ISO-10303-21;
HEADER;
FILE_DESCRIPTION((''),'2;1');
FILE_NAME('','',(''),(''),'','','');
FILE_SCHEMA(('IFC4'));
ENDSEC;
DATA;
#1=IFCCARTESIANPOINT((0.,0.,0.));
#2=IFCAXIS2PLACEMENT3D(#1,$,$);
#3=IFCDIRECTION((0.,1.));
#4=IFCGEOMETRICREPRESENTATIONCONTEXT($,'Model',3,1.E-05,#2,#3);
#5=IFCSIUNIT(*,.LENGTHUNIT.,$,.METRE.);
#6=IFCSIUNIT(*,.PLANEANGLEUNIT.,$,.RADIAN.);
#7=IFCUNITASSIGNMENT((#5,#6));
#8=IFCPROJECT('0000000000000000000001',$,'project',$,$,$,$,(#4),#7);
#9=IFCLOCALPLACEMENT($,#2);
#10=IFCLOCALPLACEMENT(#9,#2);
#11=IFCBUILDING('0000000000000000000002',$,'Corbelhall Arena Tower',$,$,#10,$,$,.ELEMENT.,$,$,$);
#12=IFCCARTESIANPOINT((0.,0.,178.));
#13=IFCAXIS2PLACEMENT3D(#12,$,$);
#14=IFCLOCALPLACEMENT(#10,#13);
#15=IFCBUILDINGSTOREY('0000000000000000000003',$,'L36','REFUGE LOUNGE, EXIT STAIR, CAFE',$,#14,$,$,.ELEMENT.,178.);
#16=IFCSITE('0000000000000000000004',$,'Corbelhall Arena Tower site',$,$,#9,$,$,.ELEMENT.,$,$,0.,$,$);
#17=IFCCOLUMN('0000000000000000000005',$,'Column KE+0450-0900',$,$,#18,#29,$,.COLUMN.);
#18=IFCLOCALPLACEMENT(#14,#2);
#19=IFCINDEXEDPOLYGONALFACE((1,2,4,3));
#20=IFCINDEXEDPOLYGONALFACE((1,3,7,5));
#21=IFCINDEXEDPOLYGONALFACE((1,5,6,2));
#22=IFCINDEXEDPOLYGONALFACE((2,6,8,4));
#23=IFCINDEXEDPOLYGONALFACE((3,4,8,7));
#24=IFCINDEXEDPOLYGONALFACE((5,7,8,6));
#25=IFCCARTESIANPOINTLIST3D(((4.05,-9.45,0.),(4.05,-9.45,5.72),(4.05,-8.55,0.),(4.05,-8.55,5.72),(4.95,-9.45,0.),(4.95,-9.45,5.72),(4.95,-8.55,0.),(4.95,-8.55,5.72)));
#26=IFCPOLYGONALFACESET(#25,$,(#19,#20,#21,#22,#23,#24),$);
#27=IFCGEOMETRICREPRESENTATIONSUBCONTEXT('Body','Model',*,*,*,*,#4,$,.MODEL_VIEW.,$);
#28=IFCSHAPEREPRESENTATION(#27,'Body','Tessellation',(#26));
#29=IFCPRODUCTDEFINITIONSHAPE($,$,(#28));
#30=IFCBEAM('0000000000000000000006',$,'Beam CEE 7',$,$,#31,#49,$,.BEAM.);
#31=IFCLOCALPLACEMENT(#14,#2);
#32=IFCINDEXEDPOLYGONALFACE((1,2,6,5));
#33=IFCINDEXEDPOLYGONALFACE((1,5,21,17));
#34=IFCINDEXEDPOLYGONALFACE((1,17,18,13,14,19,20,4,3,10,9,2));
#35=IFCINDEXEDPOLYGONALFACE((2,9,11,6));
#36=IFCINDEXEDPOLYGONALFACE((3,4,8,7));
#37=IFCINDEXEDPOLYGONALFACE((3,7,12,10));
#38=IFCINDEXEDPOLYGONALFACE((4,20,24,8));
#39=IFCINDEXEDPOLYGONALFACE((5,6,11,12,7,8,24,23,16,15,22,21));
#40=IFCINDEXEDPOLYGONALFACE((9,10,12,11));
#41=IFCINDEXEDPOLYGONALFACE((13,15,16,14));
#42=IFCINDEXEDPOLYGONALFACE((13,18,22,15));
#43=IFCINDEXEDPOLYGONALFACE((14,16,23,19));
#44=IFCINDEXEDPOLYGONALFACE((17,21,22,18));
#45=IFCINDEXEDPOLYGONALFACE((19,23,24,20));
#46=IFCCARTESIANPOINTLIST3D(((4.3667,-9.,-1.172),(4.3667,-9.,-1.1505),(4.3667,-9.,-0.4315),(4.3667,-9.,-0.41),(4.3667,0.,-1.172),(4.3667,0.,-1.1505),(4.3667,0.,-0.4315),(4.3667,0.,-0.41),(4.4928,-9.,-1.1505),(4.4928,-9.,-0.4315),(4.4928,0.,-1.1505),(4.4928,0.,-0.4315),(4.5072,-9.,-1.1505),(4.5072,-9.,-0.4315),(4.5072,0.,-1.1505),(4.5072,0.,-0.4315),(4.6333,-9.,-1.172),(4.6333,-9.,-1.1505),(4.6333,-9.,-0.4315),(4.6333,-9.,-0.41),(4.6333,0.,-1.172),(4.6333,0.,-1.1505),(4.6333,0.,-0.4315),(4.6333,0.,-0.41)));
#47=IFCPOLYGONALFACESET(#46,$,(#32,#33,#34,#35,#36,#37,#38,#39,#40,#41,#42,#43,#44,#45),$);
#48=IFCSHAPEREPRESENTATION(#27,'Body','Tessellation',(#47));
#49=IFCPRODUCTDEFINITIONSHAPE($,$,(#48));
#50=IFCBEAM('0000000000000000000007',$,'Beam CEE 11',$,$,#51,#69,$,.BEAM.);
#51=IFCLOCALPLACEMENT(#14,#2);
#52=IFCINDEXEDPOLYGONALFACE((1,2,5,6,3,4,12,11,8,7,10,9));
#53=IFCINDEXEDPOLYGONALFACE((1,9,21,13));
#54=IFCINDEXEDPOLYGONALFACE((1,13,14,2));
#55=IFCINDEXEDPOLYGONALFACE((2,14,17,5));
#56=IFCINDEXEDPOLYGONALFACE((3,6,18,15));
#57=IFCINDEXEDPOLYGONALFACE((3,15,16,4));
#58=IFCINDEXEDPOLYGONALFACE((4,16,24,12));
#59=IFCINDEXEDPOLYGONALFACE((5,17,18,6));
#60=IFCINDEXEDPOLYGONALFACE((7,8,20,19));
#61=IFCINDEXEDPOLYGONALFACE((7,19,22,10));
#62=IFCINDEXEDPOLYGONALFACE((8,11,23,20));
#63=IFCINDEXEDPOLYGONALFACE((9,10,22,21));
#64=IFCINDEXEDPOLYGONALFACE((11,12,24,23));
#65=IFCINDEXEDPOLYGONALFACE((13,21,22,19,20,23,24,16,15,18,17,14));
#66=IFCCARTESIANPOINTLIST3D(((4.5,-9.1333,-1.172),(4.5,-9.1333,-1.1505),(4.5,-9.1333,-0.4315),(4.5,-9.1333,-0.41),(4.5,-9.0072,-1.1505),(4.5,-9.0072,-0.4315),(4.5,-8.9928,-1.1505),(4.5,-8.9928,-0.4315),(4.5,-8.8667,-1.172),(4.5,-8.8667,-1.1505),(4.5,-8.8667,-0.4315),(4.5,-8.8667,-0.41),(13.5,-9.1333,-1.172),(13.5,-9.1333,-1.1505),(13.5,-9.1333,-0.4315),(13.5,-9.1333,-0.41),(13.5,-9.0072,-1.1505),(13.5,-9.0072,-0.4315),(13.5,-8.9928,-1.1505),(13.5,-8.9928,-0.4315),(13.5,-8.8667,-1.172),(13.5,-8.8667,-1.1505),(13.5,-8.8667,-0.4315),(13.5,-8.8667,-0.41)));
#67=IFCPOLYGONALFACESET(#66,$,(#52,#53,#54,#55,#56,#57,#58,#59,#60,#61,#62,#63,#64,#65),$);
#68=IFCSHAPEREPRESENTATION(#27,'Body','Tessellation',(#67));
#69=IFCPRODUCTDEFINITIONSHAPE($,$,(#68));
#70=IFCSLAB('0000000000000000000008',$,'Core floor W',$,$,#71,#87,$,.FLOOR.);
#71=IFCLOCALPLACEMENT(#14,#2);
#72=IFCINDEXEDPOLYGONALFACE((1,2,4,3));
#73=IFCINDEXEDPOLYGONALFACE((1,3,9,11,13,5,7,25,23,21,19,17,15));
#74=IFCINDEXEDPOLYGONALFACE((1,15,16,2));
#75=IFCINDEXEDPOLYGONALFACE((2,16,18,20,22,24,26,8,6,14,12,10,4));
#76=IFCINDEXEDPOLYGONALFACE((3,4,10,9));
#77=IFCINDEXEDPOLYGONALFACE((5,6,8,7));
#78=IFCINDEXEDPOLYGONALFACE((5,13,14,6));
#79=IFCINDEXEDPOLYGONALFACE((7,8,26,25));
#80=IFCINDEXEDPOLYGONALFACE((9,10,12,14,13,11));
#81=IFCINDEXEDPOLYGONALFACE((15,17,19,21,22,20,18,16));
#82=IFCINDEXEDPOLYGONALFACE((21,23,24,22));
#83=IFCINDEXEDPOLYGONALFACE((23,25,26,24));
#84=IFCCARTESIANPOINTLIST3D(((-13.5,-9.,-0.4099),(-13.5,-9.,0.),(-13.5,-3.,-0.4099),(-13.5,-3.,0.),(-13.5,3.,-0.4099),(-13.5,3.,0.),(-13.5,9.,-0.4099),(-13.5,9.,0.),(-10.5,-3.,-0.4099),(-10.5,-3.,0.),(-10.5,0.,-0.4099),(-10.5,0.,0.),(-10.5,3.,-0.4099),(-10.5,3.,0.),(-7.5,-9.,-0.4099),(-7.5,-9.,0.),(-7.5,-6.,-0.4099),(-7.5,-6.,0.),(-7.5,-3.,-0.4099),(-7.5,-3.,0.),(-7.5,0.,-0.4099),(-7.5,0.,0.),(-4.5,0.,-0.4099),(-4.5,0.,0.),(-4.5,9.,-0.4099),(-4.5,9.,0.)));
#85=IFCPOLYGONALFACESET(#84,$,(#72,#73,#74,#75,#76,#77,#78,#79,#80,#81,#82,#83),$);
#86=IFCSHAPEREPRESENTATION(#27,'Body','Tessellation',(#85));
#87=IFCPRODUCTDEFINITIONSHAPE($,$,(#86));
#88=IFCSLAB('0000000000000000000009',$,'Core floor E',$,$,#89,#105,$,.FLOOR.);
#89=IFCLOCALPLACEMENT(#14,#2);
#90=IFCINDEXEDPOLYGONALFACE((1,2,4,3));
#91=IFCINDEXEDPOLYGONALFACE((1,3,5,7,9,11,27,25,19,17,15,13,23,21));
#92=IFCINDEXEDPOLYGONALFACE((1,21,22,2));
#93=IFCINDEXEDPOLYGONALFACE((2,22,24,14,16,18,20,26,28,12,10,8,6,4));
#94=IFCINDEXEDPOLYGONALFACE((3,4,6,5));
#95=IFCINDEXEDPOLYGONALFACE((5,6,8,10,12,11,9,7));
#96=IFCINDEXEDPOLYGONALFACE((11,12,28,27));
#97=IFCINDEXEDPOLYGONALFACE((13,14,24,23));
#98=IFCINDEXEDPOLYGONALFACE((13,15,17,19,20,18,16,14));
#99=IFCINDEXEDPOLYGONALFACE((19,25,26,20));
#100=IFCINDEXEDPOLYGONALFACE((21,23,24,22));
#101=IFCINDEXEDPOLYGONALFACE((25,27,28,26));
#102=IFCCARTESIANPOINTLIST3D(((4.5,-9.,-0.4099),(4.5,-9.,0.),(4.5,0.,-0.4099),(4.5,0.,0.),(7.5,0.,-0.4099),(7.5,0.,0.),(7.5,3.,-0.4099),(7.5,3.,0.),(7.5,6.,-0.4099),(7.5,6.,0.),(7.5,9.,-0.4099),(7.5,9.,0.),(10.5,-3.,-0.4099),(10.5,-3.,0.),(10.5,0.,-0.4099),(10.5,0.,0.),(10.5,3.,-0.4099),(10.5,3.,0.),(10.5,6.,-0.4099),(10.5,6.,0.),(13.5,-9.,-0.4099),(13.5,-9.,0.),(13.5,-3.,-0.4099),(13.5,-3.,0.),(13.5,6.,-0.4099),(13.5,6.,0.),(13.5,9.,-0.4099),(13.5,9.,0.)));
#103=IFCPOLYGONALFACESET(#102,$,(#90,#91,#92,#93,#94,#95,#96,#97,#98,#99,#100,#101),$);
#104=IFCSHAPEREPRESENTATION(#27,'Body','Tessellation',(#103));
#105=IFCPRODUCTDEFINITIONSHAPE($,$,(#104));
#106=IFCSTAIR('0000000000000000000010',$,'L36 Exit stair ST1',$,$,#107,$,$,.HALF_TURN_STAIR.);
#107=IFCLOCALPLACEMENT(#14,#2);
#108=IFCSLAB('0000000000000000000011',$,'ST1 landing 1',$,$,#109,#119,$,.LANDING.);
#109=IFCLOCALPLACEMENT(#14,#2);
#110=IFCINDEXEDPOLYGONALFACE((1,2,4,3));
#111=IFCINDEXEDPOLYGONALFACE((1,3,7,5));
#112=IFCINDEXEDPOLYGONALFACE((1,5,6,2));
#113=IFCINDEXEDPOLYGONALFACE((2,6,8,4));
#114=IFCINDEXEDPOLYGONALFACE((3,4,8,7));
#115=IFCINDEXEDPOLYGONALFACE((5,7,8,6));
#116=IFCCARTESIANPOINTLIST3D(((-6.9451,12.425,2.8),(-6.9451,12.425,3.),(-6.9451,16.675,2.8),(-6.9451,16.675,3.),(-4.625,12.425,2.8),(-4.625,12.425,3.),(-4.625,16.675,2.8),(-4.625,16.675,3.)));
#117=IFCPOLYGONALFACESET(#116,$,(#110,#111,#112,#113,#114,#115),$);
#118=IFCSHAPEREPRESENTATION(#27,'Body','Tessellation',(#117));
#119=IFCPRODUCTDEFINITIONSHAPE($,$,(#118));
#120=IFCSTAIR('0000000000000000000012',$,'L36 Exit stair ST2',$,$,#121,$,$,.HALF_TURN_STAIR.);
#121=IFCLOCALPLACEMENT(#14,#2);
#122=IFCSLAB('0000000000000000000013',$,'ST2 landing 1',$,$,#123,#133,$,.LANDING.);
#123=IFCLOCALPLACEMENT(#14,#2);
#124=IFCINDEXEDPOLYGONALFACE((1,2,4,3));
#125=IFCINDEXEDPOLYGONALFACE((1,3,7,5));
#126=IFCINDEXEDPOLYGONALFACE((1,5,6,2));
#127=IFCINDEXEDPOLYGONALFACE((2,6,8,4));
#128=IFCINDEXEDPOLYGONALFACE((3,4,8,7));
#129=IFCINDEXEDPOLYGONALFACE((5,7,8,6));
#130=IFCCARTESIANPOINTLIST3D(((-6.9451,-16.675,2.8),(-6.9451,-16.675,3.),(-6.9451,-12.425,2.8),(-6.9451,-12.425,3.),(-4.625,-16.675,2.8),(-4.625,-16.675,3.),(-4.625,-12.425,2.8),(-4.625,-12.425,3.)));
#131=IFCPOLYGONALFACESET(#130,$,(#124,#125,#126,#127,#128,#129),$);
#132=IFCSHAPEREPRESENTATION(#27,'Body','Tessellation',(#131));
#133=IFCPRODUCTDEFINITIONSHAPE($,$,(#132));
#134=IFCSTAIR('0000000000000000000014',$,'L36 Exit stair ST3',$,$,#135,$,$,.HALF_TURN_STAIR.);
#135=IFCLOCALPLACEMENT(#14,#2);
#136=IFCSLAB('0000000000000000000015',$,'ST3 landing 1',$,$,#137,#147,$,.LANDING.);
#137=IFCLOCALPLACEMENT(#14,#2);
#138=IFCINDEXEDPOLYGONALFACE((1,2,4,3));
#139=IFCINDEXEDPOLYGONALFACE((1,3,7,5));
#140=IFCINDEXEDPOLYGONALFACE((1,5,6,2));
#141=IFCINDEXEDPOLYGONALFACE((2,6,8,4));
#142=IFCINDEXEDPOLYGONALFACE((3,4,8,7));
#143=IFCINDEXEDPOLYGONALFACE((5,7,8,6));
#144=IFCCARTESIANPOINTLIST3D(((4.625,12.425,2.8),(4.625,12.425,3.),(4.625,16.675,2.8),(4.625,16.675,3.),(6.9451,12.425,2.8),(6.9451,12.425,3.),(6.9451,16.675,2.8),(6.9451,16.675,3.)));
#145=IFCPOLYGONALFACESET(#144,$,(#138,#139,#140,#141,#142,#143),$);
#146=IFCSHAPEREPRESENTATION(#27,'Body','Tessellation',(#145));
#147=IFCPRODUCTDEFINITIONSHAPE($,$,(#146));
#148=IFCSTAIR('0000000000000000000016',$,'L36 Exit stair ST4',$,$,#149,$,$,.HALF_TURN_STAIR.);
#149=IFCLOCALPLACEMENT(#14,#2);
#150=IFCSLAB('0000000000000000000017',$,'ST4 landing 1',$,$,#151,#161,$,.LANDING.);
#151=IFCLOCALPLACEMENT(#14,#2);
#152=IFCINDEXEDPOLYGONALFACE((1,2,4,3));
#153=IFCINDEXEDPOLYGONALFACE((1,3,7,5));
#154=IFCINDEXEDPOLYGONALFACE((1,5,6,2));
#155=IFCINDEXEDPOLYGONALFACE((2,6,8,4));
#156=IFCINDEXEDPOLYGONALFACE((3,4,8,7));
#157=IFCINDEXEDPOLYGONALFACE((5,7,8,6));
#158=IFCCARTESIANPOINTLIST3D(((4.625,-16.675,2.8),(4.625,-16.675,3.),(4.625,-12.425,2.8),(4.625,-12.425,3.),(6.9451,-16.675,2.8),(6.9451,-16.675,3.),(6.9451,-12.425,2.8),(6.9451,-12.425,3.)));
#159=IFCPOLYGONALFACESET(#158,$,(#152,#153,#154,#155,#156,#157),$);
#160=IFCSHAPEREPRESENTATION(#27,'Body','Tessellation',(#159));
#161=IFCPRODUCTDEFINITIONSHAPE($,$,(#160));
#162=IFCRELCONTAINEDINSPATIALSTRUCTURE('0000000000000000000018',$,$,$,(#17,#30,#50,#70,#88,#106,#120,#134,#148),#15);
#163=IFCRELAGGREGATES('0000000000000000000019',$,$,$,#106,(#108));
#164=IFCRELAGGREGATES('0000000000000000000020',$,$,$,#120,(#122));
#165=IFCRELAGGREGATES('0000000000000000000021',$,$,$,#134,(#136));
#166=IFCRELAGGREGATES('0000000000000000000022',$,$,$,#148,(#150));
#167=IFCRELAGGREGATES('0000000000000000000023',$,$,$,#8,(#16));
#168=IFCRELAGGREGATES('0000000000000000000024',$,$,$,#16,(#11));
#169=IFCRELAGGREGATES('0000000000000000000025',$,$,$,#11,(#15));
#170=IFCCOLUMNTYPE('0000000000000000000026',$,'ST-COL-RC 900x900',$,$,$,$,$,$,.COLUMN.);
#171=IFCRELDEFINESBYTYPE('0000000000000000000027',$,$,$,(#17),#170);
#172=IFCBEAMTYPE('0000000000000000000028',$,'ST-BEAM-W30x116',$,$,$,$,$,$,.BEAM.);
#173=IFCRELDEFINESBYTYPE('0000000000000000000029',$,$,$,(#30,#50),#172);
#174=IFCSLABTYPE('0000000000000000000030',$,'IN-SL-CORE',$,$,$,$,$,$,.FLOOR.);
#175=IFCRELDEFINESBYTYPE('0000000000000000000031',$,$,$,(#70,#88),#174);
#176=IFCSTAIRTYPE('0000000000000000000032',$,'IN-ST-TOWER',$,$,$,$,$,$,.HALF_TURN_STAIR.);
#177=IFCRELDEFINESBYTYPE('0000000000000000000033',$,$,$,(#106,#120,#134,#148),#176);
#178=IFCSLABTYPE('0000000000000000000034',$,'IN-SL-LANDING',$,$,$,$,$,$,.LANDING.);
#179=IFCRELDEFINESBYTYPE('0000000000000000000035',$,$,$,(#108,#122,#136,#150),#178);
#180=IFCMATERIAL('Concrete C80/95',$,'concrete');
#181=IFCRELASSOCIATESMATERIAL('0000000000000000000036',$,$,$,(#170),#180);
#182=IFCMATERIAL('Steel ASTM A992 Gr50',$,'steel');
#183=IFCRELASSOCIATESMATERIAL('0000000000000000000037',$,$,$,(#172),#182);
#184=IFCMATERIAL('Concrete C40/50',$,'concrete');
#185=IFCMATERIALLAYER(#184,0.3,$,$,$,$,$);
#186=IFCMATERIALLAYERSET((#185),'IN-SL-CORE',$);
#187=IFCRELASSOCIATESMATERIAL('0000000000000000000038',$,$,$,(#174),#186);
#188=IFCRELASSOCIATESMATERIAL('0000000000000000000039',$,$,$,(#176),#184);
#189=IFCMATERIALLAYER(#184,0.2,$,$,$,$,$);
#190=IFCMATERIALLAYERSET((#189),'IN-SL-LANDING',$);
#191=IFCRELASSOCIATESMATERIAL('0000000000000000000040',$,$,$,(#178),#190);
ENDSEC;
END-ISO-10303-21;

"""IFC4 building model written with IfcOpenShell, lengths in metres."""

from ifc_helpers import new_model, si_unit, direction, frame, origin, origin_2d, place, context, subcontext, project, spatial, polyline, rectangle, i_section, outline, extrude, material, layer, layer_set, material_profile, profile_set, type_object, element, aggregate, save


model = new_model("IFC4")

# Units and contexts
model_context = context("Model", 3, precision=1e-05, world=origin(), true_north=direction((0.0, 1.0)))
body_context = subcontext(model_context, "Body", "Model", "MODEL_VIEW")
ifc_project = project(units=[si_unit("LENGTHUNIT", "METRE"), si_unit("PLANEANGLEUNIT", "RADIAN")], contexts=[model_context])

# Site, building, storey
site_placement = place(None, origin())
site = spatial("IfcSite", under=ifc_project, at=site_placement, Name="Corbelhall Arena Tower site", CompositionType="ELEMENT", RefElevation=0.0)
building_placement = place(site_placement, origin())
building = spatial("IfcBuilding", under=site, at=building_placement, Name="Corbelhall Arena Tower", CompositionType="ELEMENT")
storey_placement = place(building_placement, frame((0.0, 0.0, 178.0)))
storey = spatial("IfcBuildingStorey", under=building, at=storey_placement, Name="L36", Description="REFUGE LOUNGE, EXIT STAIR, CAFE", CompositionType="ELEMENT", Elevation=178.0)

# Column
ifc_material_1 = material(Name="Concrete C80/95", Category="concrete")
ifc_material_profile_1 = material_profile(ifc_material_1, rectangle(XDim=0.8999, YDim=0.8999, at=origin_2d()))
ifc_profile_set_1 = profile_set([ifc_material_profile_1], Name="Concrete C80/95")
column_type = type_object("IfcColumnType", Name="ST-COL-RC 900x900", PredefinedType="COLUMN", material=ifc_profile_set_1)
column_placement = place(storey_placement, frame((4.5, -9.0, 0.0), z_axis=(0.0, 0.0, 1.0), x_axis=(1.0, 0.0, 0.0)))
element("IfcColumn", 1, at=column_placement, inside=storey, type_object=column_type, Name="Column KE+0450-0900", PredefinedType="COLUMN", context=body_context, shape_type="SweptSolid", body=[
    extrude(rectangle(XDim=0.8999, YDim=0.8999, at=origin_2d()), origin(), (0.0, 0.0, 1.0), 5.72),
])

# Beams
ifc_material_2 = material(Name="Steel ASTM A992 Gr50", Category="steel")
ifc_material_profile_2 = material_profile(ifc_material_2, i_section(OverallWidth=0.2666, OverallDepth=0.762, WebThickness=0.0144, FlangeThickness=0.0215, at=origin_2d()))
ifc_profile_set_2 = profile_set([ifc_material_profile_2], Name="Steel ASTM A992 Gr50")
beam_type = type_object("IfcBeamType", Name="ST-BEAM-W30x116", PredefinedType="BEAM", material=ifc_profile_set_2)
for number, where, z_axis, x_axis, name in (
    (2, (4.5, -9.0, -0.791), (0.0, 1.0, 0.0), (-1.0, 0.0, 0.0), "Beam CEE 7"),
    (3, (4.5, -9.0, -0.791), (1.0, 0.0, 0.0), (0.0, 1.0, 0.0), "Beam CEE 11"),
):
    element("IfcBeam", number, at=place(storey_placement, frame(where, z_axis=z_axis, x_axis=x_axis)), inside=storey, type_object=beam_type, Name=name, PredefinedType="BEAM", context=body_context, shape_type="SweptSolid", body=[
        extrude(i_section(OverallWidth=0.2666, OverallDepth=0.762, WebThickness=0.0144, FlangeThickness=0.0215, at=origin_2d()), origin(), (0.0, 0.0, 1.0), 9.0),
    ])

# Slabs
ifc_material_3 = material(Name="Concrete C40/50", Category="concrete")
ifc_layer_1 = layer(ifc_material_3, 0.3)
ifc_layer_set_1 = layer_set([ifc_layer_1], Name="IN-SL-CORE")
slab_type_1 = type_object("IfcSlabType", Name="IN-SL-CORE", PredefinedType="FLOOR", material=ifc_layer_set_1)
slab_1_placement = place(storey_placement, frame((0.0, 0.0, -0.4099)))
element("IfcSlab", 4, at=slab_1_placement, inside=storey, type_object=slab_type_1, Name="Core floor W", PredefinedType="FLOOR", context=body_context, shape_type="SweptSolid", body=[
    extrude(outline(polyline([(-7.5, 0.0), (-4.5, 0.0), (-4.5, 9.0), (-13.5, 9.0), (-13.5, 3.0), (-10.5, 3.0), (-10.5, 0.0), (-10.5, -3.0), (-13.5, -3.0), (-13.5, -9.0), (-7.5, -9.0), (-7.5, -6.0), (-7.5, -3.0), (-7.5, 0.0)])), origin(), (0.0, 0.0, 1.0), 0.4099),
])
slab_2_placement = place(storey_placement, frame((0.0, 0.0, -0.4099)))
element("IfcSlab", 5, at=slab_2_placement, inside=storey, type_object=slab_type_1, Name="Core floor E", PredefinedType="FLOOR", context=body_context, shape_type="SweptSolid", body=[
    extrude(outline(polyline([(7.5, 0.0), (4.5, 0.0), (4.5, -9.0), (13.5, -9.0), (13.5, -3.0), (10.5, -3.0), (10.5, 0.0), (10.5, 3.0), (10.5, 6.0), (13.5, 6.0), (13.5, 9.0), (7.5, 9.0), (7.5, 6.0), (7.5, 3.0), (7.5, 0.0)])), origin(), (0.0, 0.0, 1.0), 0.4099),
])

# Stairs, slabs
stair_type = type_object("IfcStairType", Name="IN-ST-TOWER", PredefinedType="HALF_TURN_STAIR", material=ifc_material_3)
stair_1_placement = place(storey_placement, origin())
stair_1 = element("IfcStair", 6, at=stair_1_placement, inside=storey, type_object=stair_type, Name="L36 Exit stair ST1", PredefinedType="HALF_TURN_STAIR")
ifc_layer_2 = layer(ifc_material_3, 0.2)
ifc_layer_set_2 = layer_set([ifc_layer_2], Name="IN-SL-LANDING")
slab_type_2 = type_object("IfcSlabType", Name="IN-SL-LANDING", PredefinedType="LANDING", material=ifc_layer_set_2)
slab_3_placement = place(storey_placement, frame((0.0, 0.0, 2.8)))
slab_3 = element("IfcSlab", 7, at=slab_3_placement, type_object=slab_type_2, Name="ST1 landing 1", PredefinedType="LANDING", context=body_context, shape_type="SweptSolid", body=[
    extrude(outline(polyline([(-6.9451, 12.425), (-4.625, 12.425), (-4.625, 16.675), (-6.9451, 16.675), (-6.9451, 12.425)])), origin(), (0.0, 0.0, 1.0), 0.2),
])
aggregate(stair_1, [slab_3])
stair_2_placement = place(storey_placement, origin())
stair_2 = element("IfcStair", 8, at=stair_2_placement, inside=storey, type_object=stair_type, Name="L36 Exit stair ST2", PredefinedType="HALF_TURN_STAIR")
slab_4_placement = place(storey_placement, frame((0.0, 0.0, 2.8)))
slab_4 = element("IfcSlab", 9, at=slab_4_placement, type_object=slab_type_2, Name="ST2 landing 1", PredefinedType="LANDING", context=body_context, shape_type="SweptSolid", body=[
    extrude(outline(polyline([(-6.9451, -16.675), (-4.625, -16.675), (-4.625, -12.425), (-6.9451, -12.425), (-6.9451, -16.675)])), origin(), (0.0, 0.0, 1.0), 0.2),
])
aggregate(stair_2, [slab_4])
stair_3_placement = place(storey_placement, origin())
stair_3 = element("IfcStair", 10, at=stair_3_placement, inside=storey, type_object=stair_type, Name="L36 Exit stair ST3", PredefinedType="HALF_TURN_STAIR")
slab_5_placement = place(storey_placement, frame((0.0, 0.0, 2.8)))
slab_5 = element("IfcSlab", 11, at=slab_5_placement, type_object=slab_type_2, Name="ST3 landing 1", PredefinedType="LANDING", context=body_context, shape_type="SweptSolid", body=[
    extrude(outline(polyline([(6.9451, 16.675), (4.625, 16.675), (4.625, 12.425), (6.9451, 12.425), (6.9451, 16.675)])), origin(), (0.0, 0.0, 1.0), 0.2),
])
aggregate(stair_3, [slab_5])
stair_4_placement = place(storey_placement, origin())
stair_4 = element("IfcStair", 12, at=stair_4_placement, inside=storey, type_object=stair_type, Name="L36 Exit stair ST4", PredefinedType="HALF_TURN_STAIR")
slab_6_placement = place(storey_placement, frame((0.0, 0.0, 2.8)))
slab_6 = element("IfcSlab", 13, at=slab_6_placement, type_object=slab_type_2, Name="ST4 landing 1", PredefinedType="LANDING", context=body_context, shape_type="SweptSolid", body=[
    extrude(outline(polyline([(6.9451, -12.425), (4.625, -12.425), (4.625, -16.675), (6.9451, -16.675), (6.9451, -12.425)])), origin(), (0.0, 0.0, 1.0), 0.2),
])
aggregate(stair_4, [slab_6])

save(model, "model.ifc")
